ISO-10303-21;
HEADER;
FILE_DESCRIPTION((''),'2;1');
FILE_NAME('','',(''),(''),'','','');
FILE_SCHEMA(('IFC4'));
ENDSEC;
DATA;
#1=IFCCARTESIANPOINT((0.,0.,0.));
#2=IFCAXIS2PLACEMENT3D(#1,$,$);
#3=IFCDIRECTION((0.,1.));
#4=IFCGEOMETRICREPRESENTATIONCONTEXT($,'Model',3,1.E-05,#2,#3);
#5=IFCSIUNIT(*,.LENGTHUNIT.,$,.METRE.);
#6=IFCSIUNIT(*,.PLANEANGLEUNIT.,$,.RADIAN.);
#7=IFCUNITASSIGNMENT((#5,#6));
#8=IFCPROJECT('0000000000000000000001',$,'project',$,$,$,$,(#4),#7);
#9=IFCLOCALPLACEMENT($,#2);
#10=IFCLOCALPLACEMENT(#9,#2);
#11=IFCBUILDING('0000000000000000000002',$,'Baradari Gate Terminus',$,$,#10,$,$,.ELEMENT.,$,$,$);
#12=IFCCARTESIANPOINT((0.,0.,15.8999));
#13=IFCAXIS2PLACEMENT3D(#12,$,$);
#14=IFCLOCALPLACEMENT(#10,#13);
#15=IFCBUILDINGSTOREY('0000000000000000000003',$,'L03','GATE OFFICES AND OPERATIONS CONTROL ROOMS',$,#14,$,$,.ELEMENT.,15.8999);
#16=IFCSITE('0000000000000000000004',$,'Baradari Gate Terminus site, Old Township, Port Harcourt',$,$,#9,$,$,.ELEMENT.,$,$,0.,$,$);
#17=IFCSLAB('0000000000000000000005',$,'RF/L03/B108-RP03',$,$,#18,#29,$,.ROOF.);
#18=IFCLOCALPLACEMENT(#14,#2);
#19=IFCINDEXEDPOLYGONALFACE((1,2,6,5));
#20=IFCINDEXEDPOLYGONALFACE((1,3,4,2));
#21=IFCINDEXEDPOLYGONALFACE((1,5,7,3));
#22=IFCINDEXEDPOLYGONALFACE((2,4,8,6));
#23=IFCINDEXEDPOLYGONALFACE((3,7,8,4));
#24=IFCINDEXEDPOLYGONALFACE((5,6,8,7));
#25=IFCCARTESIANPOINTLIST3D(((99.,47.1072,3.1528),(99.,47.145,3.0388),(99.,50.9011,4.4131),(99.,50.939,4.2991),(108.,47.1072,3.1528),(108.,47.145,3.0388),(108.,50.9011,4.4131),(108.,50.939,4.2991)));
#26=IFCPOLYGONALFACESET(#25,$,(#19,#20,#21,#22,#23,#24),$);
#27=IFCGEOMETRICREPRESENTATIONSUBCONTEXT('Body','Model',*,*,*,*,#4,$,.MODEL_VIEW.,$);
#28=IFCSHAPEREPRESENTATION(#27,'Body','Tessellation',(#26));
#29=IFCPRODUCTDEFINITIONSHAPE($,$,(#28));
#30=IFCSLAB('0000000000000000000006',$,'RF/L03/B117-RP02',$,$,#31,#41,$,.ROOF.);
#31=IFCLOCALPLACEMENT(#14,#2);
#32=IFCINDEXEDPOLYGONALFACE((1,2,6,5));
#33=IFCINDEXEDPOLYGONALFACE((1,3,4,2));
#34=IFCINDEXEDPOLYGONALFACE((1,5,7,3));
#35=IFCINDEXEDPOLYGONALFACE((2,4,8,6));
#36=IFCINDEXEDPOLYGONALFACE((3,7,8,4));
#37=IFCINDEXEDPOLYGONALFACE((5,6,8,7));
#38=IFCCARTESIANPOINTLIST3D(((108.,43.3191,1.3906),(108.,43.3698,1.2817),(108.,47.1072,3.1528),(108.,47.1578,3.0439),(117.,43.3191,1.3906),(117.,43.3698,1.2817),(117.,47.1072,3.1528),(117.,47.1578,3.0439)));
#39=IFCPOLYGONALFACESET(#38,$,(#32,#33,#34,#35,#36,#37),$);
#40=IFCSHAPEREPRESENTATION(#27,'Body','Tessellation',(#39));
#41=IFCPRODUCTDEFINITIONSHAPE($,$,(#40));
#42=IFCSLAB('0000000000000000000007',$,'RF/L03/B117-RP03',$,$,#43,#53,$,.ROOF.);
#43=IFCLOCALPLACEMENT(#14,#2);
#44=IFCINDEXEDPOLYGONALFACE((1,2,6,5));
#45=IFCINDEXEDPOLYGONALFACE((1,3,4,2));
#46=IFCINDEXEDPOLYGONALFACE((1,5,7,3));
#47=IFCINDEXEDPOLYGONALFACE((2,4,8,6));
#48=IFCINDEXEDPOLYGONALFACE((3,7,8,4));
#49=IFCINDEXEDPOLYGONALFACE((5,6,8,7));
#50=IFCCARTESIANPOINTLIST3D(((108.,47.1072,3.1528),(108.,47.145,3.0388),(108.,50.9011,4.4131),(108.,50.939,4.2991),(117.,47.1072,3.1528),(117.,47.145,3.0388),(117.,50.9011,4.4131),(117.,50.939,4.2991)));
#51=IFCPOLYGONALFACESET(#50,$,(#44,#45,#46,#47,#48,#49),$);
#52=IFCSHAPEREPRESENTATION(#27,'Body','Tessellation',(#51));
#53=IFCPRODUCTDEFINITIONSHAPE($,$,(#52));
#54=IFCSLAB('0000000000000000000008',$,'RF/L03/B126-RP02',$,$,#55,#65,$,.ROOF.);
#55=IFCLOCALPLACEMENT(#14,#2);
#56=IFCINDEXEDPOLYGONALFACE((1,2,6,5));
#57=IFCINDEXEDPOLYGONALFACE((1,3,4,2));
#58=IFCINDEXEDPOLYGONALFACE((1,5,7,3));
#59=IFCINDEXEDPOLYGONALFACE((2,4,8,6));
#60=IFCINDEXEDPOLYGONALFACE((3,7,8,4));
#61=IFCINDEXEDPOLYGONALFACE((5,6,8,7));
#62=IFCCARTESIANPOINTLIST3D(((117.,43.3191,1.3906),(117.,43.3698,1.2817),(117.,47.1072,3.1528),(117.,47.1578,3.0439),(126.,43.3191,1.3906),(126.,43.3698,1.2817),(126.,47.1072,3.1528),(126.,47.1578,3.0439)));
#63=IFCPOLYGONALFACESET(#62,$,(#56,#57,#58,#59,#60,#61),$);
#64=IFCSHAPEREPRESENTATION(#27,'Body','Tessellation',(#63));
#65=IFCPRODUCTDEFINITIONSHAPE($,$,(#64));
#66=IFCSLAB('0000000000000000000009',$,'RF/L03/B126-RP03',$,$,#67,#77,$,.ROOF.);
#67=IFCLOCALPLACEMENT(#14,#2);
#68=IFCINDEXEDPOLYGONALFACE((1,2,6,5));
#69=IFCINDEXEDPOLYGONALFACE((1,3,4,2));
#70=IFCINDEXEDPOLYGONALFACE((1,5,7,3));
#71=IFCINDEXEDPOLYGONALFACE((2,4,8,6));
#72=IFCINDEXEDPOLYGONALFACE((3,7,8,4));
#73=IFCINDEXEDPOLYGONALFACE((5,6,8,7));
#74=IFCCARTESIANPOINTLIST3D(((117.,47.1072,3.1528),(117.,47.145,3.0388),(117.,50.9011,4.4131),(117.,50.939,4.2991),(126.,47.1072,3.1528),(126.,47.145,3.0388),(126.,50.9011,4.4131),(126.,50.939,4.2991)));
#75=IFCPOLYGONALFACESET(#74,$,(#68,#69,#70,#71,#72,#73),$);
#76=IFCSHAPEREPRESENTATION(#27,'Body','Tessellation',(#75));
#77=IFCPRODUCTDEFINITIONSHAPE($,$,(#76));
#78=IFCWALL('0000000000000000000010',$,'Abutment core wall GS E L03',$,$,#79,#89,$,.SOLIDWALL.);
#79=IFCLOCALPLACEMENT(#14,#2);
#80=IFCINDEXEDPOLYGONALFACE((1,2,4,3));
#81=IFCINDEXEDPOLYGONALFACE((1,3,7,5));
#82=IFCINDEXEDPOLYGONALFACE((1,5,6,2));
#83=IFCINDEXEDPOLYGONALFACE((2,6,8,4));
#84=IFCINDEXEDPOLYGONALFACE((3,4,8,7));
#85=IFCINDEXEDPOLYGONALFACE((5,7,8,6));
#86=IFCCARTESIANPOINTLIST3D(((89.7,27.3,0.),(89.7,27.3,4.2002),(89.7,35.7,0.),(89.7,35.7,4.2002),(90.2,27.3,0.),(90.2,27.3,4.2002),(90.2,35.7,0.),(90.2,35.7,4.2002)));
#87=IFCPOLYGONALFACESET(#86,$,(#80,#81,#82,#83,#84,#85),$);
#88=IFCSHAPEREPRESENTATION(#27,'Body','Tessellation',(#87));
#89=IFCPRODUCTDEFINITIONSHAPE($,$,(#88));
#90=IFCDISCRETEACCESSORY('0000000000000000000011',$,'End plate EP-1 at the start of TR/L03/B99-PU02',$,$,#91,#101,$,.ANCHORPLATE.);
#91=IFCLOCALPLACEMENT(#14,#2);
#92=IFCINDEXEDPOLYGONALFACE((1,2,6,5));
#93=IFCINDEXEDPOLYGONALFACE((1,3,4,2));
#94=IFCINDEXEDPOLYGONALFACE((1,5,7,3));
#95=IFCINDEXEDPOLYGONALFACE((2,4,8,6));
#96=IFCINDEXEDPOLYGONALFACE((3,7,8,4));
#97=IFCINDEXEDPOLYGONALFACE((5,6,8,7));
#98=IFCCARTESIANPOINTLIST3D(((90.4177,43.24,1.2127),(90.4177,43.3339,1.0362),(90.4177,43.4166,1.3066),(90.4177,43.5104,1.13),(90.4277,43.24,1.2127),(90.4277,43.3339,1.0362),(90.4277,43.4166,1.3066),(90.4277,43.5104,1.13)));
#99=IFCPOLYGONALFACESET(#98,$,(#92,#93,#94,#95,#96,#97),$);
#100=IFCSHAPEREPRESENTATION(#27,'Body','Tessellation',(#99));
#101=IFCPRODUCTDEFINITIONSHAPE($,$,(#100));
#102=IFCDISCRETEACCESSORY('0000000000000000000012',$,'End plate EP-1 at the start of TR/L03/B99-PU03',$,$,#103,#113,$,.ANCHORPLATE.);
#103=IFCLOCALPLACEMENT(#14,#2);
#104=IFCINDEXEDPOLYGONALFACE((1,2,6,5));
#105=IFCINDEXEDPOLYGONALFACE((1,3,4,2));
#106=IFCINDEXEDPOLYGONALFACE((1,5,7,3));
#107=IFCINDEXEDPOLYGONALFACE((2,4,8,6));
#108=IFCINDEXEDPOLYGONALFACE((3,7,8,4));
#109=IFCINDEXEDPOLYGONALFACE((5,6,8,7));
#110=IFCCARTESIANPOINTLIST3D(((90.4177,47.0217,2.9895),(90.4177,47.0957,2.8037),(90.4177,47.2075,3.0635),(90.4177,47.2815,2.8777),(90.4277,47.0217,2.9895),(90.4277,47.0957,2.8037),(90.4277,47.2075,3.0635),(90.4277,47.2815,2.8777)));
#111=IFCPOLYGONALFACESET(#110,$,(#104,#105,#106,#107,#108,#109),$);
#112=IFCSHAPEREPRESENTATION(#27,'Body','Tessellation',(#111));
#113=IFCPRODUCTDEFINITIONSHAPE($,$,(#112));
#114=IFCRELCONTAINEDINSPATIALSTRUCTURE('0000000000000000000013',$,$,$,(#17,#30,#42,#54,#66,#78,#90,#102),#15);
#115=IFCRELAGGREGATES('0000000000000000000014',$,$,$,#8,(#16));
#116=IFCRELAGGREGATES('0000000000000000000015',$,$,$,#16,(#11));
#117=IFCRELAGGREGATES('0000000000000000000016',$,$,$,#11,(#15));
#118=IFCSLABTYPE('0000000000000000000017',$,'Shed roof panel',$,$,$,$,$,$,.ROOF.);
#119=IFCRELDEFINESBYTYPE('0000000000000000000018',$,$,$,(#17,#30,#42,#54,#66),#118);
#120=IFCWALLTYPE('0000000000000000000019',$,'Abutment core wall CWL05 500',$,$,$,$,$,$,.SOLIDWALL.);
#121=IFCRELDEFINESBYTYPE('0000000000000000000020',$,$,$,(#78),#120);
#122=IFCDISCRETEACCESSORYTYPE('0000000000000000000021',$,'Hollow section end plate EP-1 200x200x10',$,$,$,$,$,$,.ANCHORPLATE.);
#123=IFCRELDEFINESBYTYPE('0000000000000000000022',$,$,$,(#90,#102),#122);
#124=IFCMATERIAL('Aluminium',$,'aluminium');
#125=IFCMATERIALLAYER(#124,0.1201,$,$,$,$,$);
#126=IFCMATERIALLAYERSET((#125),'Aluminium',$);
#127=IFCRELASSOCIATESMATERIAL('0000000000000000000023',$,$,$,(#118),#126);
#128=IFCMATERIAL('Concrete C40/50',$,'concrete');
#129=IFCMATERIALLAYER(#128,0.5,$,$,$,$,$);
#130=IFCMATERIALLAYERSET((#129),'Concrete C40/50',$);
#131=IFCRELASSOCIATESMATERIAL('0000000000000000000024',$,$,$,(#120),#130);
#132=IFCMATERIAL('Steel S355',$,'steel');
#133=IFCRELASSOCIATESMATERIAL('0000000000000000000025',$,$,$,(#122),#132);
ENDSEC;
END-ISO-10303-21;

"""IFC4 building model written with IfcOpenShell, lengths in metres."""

from ifc_helpers import new_model, si_unit, direction, frame, frame_2d, origin, origin_2d, place, context, subcontext, project, spatial, polyline, rectangle, outline, extrude, material, layer, layer_set, type_object, element, save


model = new_model("IFC4")

# Units and contexts
model_context = context("Model", 3, precision=1e-05, world=origin(), true_north=direction((0.0, 1.0)))
body_context = subcontext(model_context, "Body", "Model", "MODEL_VIEW")
ifc_project = project(units=[si_unit("LENGTHUNIT", "METRE"), si_unit("PLANEANGLEUNIT", "RADIAN")], contexts=[model_context])

# Site, building, storey
site_placement = place(None, origin())
site = spatial("IfcSite", under=ifc_project, at=site_placement, Name="Baradari Gate Terminus site, Old Township, Port Harcourt", CompositionType="ELEMENT", RefElevation=0.0)
building_placement = place(site_placement, origin())
building = spatial("IfcBuilding", under=site, at=building_placement, Name="Baradari Gate Terminus", CompositionType="ELEMENT")
storey_placement = place(building_placement, frame((0.0, 0.0, 15.8999)))
storey = spatial("IfcBuildingStorey", under=building, at=storey_placement, Name="L03", Description="GATE OFFICES AND OPERATIONS CONTROL ROOMS", CompositionType="ELEMENT", Elevation=15.8999)

# Slabs
ifc_material_1 = material(Name="Aluminium", Category="aluminium")
ifc_layer_1 = layer(ifc_material_1, 0.1201)
ifc_layer_set_1 = layer_set([ifc_layer_1], Name="Aluminium")
slab_type = type_object("IfcSlabType", Name="Shed roof panel", PredefinedType="ROOF", material=ifc_layer_set_1)
slab_1_placement = place(storey_placement, frame((99.0, 47.1072, 3.1528), z_axis=(0.0, -0.315238, 0.949013), x_axis=(1.0, 0.0, 0.0)))
element("IfcSlab", 1, at=slab_1_placement, inside=storey, type_object=slab_type, Name="RF/L03/B108-RP03", PredefinedType="ROOF", context=body_context, shape_type="SweptSolid", body=[
    extrude(outline(polyline([(0.0, 0.0), (9.0, 0.0), (9.0, 3.9978), (0.0, 3.9978), (0.0, 0.0)])), origin(), (0.0, 0.0, -1.0), 0.1201),
])
slab_2_placement = place(storey_placement, frame((108.0, 43.3191, 1.3906), z_axis=(0.0, -0.421791, 0.906693), x_axis=(1.0, 0.0, 0.0)))
element("IfcSlab", 2, at=slab_2_placement, inside=storey, type_object=slab_type, Name="RF/L03/B117-RP02", PredefinedType="ROOF", context=body_context, shape_type="SweptSolid", body=[
    extrude(outline(polyline([(0.0, 0.0), (9.0, 0.0), (9.0, 4.1779), (0.0, 4.1779), (0.0, 0.0)])), origin(), (0.0, 0.0, -1.0), 0.1201),
])
slab_3_placement = place(storey_placement, frame((108.0, 47.1072, 3.1528), z_axis=(0.0, -0.315238, 0.949013), x_axis=(1.0, 0.0, 0.0)))
element("IfcSlab", 3, at=slab_3_placement, inside=storey, type_object=slab_type, Name="RF/L03/B117-RP03", PredefinedType="ROOF", context=body_context, shape_type="SweptSolid", body=[
    extrude(outline(polyline([(0.0, 0.0), (9.0, 0.0), (9.0, 3.9978), (0.0, 3.9978), (0.0, 0.0)])), origin(), (0.0, 0.0, -1.0), 0.1201),
])
slab_4_placement = place(storey_placement, frame((117.0, 43.3191, 1.3906), z_axis=(0.0, -0.421791, 0.906693), x_axis=(1.0, 0.0, 0.0)))
element("IfcSlab", 4, at=slab_4_placement, inside=storey, type_object=slab_type, Name="RF/L03/B126-RP02", PredefinedType="ROOF", context=body_context, shape_type="SweptSolid", body=[
    extrude(outline(polyline([(0.0, 0.0), (9.0, 0.0), (9.0, 4.1779), (0.0, 4.1779), (0.0, 0.0)])), origin(), (0.0, 0.0, -1.0), 0.1201),
])
slab_5_placement = place(storey_placement, frame((117.0, 47.1072, 3.1528), z_axis=(0.0, -0.315238, 0.949013), x_axis=(1.0, 0.0, 0.0)))
element("IfcSlab", 5, at=slab_5_placement, inside=storey, type_object=slab_type, Name="RF/L03/B126-RP03", PredefinedType="ROOF", context=body_context, shape_type="SweptSolid", body=[
    extrude(outline(polyline([(0.0, 0.0), (9.0, 0.0), (9.0, 3.9978), (0.0, 3.9978), (0.0, 0.0)])), origin(), (0.0, 0.0, -1.0), 0.1201),
])

# Wall
ifc_material_2 = material(Name="Concrete C40/50", Category="concrete")
ifc_layer_2 = layer(ifc_material_2, 0.5)
ifc_layer_set_2 = layer_set([ifc_layer_2], Name="Concrete C40/50")
wall_type = type_object("IfcWallType", Name="Abutment core wall CWL05 500", PredefinedType="SOLIDWALL", material=ifc_layer_set_2)
wall_placement = place(storey_placement, frame((89.95, 27.3, 0.0), z_axis=(0.0, 0.0, 1.0), x_axis=(0.0, 1.0, 0.0)))
element("IfcWall", 6, at=wall_placement, inside=storey, type_object=wall_type, Name="Abutment core wall GS E L03", PredefinedType="SOLIDWALL", context=body_context, shape_type="SweptSolid", body=[
    extrude(rectangle(XDim=8.3999, YDim=0.5, at=frame_2d((4.2, 0.0))), origin(), (0.0, 0.0, 1.0), 4.2002),
])

# Discrete accessories
ifc_material_3 = material(Name="Steel S355", Category="steel")
discrete_accessory_type = type_object("IfcDiscreteAccessoryType", Name="Hollow section end plate EP-1 200x200x10", PredefinedType="ANCHORPLATE", material=ifc_material_3)
for number, where, z_axis, x_axis, name in (
    (7, (90.4177, 43.3752, 1.1714), (1.0, 0.0, 0.0), (0.0, 0.883027, 0.469322), "End plate EP-1 at the start of TR/L03/B99-PU02"),
    (8, (90.4177, 47.1516, 2.9336), (1.0, 0.0, 0.0), (0.0, 0.928965, 0.370167), "End plate EP-1 at the start of TR/L03/B99-PU03"),
):
    element("IfcDiscreteAccessory", number, at=place(storey_placement, frame(where, z_axis=z_axis, x_axis=x_axis)), inside=storey, type_object=discrete_accessory_type, Name=name, PredefinedType="ANCHORPLATE", context=body_context, shape_type="SweptSolid", body=[
        extrude(rectangle(XDim=0.2, YDim=0.2, at=origin_2d()), origin(), (0.0, 0.0, 1.0), 0.01),
    ])

save(model, "model.ifc")
